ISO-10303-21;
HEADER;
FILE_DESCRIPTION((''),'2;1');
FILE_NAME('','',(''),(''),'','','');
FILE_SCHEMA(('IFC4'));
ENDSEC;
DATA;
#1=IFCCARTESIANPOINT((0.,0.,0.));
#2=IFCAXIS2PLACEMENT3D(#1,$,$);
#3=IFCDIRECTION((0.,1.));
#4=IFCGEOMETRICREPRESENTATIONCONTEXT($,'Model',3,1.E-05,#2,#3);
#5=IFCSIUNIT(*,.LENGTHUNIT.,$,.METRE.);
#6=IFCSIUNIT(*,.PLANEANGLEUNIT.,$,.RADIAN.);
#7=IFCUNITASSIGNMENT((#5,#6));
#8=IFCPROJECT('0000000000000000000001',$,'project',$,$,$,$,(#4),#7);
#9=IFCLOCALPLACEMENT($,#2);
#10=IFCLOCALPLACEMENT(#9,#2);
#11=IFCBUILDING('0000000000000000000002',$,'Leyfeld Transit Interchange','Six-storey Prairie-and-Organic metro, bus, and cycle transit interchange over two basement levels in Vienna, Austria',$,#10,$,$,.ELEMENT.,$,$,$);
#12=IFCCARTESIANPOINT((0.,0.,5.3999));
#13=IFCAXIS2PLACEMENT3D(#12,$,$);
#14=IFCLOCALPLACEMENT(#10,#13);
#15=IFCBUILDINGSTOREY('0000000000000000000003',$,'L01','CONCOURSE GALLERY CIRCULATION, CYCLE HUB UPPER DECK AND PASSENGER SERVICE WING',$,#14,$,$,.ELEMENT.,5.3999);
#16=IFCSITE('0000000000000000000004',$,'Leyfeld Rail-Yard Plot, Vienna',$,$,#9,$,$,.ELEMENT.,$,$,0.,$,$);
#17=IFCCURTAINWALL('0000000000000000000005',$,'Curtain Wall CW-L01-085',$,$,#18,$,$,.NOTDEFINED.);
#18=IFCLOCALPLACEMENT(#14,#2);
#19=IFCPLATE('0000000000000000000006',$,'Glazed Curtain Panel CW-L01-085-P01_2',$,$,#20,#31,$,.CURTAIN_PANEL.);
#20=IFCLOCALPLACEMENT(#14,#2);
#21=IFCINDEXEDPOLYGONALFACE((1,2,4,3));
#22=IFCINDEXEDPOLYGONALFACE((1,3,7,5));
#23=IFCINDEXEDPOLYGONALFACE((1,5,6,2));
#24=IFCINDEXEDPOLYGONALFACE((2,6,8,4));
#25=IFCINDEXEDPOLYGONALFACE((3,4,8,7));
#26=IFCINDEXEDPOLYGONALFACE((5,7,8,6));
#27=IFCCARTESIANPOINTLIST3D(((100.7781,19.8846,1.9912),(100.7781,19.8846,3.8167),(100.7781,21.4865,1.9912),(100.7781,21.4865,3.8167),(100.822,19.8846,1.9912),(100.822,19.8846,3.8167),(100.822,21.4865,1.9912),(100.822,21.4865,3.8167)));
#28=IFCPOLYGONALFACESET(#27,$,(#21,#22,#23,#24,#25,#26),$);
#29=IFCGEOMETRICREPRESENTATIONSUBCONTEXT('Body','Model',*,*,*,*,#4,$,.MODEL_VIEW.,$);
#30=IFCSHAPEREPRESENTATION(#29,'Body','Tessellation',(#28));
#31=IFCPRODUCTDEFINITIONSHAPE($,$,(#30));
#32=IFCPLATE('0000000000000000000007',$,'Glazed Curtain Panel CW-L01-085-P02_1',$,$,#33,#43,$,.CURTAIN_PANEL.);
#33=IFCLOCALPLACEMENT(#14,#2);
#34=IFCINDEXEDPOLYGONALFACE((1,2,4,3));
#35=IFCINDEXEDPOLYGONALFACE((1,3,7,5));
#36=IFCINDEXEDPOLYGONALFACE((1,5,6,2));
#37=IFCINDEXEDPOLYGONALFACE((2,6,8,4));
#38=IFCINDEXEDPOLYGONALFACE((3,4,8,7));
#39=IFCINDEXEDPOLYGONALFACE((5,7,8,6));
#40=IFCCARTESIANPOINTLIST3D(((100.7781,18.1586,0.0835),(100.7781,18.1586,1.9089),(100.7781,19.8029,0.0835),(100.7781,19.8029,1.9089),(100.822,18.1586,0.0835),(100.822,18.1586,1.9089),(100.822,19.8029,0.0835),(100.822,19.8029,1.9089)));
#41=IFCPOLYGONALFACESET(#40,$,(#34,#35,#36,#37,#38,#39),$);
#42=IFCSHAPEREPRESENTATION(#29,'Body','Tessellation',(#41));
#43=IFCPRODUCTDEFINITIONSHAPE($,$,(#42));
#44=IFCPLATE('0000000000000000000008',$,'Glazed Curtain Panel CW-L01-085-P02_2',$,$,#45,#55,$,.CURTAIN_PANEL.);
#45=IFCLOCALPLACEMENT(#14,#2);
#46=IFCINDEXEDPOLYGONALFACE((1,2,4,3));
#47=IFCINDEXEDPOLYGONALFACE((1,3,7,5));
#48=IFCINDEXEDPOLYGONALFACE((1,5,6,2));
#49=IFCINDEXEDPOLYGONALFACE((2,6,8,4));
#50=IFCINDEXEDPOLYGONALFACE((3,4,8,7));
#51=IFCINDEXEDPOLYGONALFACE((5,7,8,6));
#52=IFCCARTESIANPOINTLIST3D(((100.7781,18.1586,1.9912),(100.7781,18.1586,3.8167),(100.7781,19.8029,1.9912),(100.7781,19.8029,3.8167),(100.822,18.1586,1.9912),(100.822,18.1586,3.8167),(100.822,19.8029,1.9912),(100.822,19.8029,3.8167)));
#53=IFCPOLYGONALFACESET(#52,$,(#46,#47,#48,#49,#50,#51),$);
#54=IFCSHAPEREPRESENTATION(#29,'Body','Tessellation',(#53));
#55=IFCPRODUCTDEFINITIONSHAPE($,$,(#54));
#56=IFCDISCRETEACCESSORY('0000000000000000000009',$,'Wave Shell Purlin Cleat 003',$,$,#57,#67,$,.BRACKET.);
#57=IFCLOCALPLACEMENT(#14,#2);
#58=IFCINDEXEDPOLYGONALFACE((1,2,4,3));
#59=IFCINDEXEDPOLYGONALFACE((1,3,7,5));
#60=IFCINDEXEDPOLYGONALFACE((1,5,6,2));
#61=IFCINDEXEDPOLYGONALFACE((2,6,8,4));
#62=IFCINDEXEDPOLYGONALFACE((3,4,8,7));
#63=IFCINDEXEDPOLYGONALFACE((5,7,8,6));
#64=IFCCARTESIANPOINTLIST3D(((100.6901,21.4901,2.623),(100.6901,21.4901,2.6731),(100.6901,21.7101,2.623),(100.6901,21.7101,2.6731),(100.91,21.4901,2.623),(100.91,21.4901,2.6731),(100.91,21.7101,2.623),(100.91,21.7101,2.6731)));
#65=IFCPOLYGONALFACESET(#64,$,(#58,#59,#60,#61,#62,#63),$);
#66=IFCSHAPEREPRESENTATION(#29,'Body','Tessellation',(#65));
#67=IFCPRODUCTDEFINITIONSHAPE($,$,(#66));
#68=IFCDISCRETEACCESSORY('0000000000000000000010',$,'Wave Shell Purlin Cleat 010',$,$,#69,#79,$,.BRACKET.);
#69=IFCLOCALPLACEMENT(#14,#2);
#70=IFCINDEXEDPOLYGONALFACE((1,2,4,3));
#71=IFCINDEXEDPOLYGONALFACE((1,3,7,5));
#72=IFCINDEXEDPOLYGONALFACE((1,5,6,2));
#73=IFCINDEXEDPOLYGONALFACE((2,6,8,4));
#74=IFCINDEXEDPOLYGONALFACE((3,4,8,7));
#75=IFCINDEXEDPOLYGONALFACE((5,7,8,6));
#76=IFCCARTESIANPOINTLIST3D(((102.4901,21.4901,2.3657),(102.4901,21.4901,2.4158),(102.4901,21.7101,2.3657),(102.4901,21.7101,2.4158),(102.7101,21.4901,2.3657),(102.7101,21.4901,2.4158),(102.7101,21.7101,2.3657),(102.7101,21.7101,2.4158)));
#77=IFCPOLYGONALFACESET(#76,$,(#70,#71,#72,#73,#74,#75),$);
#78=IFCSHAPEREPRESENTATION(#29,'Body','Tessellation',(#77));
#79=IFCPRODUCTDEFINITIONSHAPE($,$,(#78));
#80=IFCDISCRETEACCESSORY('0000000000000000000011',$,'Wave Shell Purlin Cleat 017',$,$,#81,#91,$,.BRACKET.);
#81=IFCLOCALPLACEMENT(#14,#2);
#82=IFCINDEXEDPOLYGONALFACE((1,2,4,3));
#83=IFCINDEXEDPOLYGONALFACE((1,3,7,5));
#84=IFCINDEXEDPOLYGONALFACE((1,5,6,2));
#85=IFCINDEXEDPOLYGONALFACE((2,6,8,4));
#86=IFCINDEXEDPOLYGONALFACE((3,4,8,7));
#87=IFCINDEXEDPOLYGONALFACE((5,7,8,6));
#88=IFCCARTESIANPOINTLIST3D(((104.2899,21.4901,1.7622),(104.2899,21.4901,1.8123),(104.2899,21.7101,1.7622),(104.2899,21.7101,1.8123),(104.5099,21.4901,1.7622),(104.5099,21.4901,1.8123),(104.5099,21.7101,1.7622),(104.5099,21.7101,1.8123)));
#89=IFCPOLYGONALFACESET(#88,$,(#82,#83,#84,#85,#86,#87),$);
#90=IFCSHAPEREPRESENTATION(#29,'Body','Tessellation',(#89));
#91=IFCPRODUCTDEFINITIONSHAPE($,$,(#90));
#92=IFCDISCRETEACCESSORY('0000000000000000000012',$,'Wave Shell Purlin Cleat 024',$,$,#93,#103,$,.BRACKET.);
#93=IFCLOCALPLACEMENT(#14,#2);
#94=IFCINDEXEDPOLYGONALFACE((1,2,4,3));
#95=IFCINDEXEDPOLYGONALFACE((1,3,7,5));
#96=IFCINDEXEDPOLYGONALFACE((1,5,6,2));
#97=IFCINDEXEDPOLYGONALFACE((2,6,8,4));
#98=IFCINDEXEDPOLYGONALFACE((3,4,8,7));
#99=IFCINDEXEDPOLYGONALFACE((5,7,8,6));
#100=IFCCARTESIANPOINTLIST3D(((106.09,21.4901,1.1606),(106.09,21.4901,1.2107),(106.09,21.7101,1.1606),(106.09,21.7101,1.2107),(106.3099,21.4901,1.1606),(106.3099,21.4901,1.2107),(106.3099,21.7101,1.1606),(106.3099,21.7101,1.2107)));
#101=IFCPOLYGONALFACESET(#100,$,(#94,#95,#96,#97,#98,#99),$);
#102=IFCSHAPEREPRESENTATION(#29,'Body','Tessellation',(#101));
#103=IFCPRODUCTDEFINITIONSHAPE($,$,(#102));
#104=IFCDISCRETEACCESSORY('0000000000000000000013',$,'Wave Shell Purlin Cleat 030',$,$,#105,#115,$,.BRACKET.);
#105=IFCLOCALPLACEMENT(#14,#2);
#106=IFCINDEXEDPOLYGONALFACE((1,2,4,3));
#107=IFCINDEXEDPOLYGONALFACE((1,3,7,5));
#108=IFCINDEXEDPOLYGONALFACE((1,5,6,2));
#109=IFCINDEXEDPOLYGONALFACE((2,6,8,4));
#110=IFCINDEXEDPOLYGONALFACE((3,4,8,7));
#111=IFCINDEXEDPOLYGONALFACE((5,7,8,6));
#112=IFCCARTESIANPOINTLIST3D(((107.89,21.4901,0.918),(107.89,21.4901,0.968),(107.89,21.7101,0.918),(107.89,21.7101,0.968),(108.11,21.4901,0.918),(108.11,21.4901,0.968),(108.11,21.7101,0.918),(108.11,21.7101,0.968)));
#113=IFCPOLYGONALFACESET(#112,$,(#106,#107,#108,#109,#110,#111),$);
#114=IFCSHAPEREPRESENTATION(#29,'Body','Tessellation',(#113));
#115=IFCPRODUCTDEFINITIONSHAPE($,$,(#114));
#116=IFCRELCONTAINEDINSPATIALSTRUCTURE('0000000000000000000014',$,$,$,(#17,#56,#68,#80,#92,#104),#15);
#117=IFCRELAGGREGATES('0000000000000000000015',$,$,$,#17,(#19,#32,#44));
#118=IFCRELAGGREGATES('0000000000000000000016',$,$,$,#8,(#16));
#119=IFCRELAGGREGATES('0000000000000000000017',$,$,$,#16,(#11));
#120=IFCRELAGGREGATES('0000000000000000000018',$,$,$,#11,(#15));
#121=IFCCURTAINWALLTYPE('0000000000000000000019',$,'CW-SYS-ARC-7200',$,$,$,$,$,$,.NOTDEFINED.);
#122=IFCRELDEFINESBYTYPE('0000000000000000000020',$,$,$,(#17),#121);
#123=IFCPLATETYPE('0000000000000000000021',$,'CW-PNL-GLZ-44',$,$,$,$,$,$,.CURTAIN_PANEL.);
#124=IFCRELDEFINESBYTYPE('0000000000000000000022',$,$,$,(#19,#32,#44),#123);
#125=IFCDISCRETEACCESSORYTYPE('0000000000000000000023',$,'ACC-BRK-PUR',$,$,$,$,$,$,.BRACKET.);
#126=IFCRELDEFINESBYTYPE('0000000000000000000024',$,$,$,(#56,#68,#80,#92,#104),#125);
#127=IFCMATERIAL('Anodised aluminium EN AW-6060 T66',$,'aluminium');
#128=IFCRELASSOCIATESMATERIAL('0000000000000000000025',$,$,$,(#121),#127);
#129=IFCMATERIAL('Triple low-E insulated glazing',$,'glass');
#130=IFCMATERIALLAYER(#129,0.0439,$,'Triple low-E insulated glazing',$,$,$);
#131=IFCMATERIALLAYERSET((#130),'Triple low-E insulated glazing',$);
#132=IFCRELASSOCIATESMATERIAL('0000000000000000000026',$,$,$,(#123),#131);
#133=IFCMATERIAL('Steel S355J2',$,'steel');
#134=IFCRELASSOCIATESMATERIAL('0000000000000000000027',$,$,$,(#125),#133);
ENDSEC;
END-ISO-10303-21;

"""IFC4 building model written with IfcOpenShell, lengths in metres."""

from ifc_helpers import new_model, si_unit, direction, frame, origin, origin_2d, place, context, subcontext, project, spatial, rectangle, extrude, material, layer, layer_set, type_object, element, aggregate, save


model = new_model("IFC4")

# Units and contexts
model_context = context("Model", 3, precision=1e-05, world=origin(), true_north=direction((0.0, 1.0)))
body_context = subcontext(model_context, "Body", "Model", "MODEL_VIEW")
ifc_project = project(units=[si_unit("LENGTHUNIT", "METRE"), si_unit("PLANEANGLEUNIT", "RADIAN")], contexts=[model_context])

# Site, building, storey
site_placement = place(None, origin())
site = spatial("IfcSite", under=ifc_project, at=site_placement, Name="Leyfeld Rail-Yard Plot, Vienna", CompositionType="ELEMENT", RefElevation=0.0)
building_placement = place(site_placement, origin())
building = spatial("IfcBuilding", under=site, at=building_placement, Name="Leyfeld Transit Interchange", Description="Six-storey Prairie-and-Organic metro, bus, and cycle transit interchange over two basement levels in Vienna, Austria", CompositionType="ELEMENT")
storey_placement = place(building_placement, frame((0.0, 0.0, 5.3999)))
storey = spatial("IfcBuildingStorey", under=building, at=storey_placement, Name="L01", Description="CONCOURSE GALLERY CIRCULATION, CYCLE HUB UPPER DECK AND PASSENGER SERVICE WING", CompositionType="ELEMENT", Elevation=5.3999)

# Curtain wall
ifc_material_1 = material(Name="Anodised aluminium EN AW-6060 T66", Category="aluminium")
curtain_wall_type = type_object("IfcCurtainWallType", Name="CW-SYS-ARC-7200", PredefinedType="NOTDEFINED", material=ifc_material_1)
curtain_wall_1_placement = place(storey_placement, origin())
curtain_wall_1 = element("IfcCurtainWall", 1, at=curtain_wall_1_placement, inside=storey, type_object=curtain_wall_type, Name="Curtain Wall CW-L01-085", PredefinedType="NOTDEFINED")

# Plates
ifc_material_2 = material(Name="Triple low-E insulated glazing", Category="glass")
ifc_layer = layer(ifc_material_2, 0.0439, Name="Triple low-E insulated glazing")
ifc_layer_set = layer_set([ifc_layer], Name="Triple low-E insulated glazing")
plate_type = type_object("IfcPlateType", Name="CW-PNL-GLZ-44", PredefinedType="CURTAIN_PANEL", material=ifc_layer_set)
plate_1_placement = place(storey_placement, frame((100.8, 20.6855, 1.9912), z_axis=(0.0, 0.0, 1.0), x_axis=(0.0, -1.0, 0.0)))
plate_1 = element("IfcPlate", 2, at=plate_1_placement, type_object=plate_type, Name="Glazed Curtain Panel CW-L01-085-P01_2", PredefinedType="CURTAIN_PANEL", context=body_context, shape_type="SweptSolid", body=[
    extrude(rectangle(XDim=1.6018, YDim=0.0439, at=origin_2d()), origin(), (0.0, 0.0, 1.0), 1.8254),
])
plate_2_placement = place(storey_placement, frame((100.8, 18.9807, 0.0835), z_axis=(0.0, 0.0, 1.0), x_axis=(0.0, -1.0, 0.0)))
plate_2 = element("IfcPlate", 3, at=plate_2_placement, type_object=plate_type, Name="Glazed Curtain Panel CW-L01-085-P02_1", PredefinedType="CURTAIN_PANEL", context=body_context, shape_type="SweptSolid", body=[
    extrude(rectangle(XDim=1.6443, YDim=0.0439, at=origin_2d()), origin(), (0.0, 0.0, 1.0), 1.8254),
])
plate_3_placement = place(storey_placement, frame((100.8, 18.9807, 1.9912), z_axis=(0.0, 0.0, 1.0), x_axis=(0.0, -1.0, 0.0)))
plate_3 = element("IfcPlate", 4, at=plate_3_placement, type_object=plate_type, Name="Glazed Curtain Panel CW-L01-085-P02_2", PredefinedType="CURTAIN_PANEL", context=body_context, shape_type="SweptSolid", body=[
    extrude(rectangle(XDim=1.6443, YDim=0.0439, at=origin_2d()), origin(), (0.0, 0.0, 1.0), 1.8254),
])
aggregate(curtain_wall_1, [plate_1, plate_2, plate_3])

# Discrete accessories
ifc_material_3 = material(Name="Steel S355J2", Category="steel")
discrete_accessory_type = type_object("IfcDiscreteAccessoryType", Name="ACC-BRK-PUR", PredefinedType="BRACKET", material=ifc_material_3)
for number, where, z_axis, x_axis, name in (
    (5, (100.8, 21.6001, 2.623), (0.0, 0.0, 1.0), (1.0, 0.0, 0.0), "Wave Shell Purlin Cleat 003"),
    (6, (102.6001, 21.6001, 2.3657), (0.0, 0.0, 1.0), (1.0, 0.0, 0.0), "Wave Shell Purlin Cleat 010"),
    (7, (104.3999, 21.6001, 1.7622), (0.0, 0.0, 1.0), (1.0, 0.0, 0.0), "Wave Shell Purlin Cleat 017"),
    (8, (106.2, 21.6001, 1.1606), (0.0, 0.0, 1.0), (1.0, 0.0, 0.0), "Wave Shell Purlin Cleat 024"),
    (9, (108.0, 21.6001, 0.918), (0.0, 0.0, 1.0), (1.0, 0.0, 0.0), "Wave Shell Purlin Cleat 030"),
):
    element("IfcDiscreteAccessory", number, at=place(storey_placement, frame(where, z_axis=z_axis, x_axis=x_axis)), inside=storey, type_object=discrete_accessory_type, Name=name, PredefinedType="BRACKET", context=body_context, shape_type="SweptSolid", body=[
        extrude(rectangle(XDim=0.22, YDim=0.22, at=origin_2d()), origin(), (0.0, 0.0, 1.0), 0.05),
    ])

save(model, "model.ifc")
